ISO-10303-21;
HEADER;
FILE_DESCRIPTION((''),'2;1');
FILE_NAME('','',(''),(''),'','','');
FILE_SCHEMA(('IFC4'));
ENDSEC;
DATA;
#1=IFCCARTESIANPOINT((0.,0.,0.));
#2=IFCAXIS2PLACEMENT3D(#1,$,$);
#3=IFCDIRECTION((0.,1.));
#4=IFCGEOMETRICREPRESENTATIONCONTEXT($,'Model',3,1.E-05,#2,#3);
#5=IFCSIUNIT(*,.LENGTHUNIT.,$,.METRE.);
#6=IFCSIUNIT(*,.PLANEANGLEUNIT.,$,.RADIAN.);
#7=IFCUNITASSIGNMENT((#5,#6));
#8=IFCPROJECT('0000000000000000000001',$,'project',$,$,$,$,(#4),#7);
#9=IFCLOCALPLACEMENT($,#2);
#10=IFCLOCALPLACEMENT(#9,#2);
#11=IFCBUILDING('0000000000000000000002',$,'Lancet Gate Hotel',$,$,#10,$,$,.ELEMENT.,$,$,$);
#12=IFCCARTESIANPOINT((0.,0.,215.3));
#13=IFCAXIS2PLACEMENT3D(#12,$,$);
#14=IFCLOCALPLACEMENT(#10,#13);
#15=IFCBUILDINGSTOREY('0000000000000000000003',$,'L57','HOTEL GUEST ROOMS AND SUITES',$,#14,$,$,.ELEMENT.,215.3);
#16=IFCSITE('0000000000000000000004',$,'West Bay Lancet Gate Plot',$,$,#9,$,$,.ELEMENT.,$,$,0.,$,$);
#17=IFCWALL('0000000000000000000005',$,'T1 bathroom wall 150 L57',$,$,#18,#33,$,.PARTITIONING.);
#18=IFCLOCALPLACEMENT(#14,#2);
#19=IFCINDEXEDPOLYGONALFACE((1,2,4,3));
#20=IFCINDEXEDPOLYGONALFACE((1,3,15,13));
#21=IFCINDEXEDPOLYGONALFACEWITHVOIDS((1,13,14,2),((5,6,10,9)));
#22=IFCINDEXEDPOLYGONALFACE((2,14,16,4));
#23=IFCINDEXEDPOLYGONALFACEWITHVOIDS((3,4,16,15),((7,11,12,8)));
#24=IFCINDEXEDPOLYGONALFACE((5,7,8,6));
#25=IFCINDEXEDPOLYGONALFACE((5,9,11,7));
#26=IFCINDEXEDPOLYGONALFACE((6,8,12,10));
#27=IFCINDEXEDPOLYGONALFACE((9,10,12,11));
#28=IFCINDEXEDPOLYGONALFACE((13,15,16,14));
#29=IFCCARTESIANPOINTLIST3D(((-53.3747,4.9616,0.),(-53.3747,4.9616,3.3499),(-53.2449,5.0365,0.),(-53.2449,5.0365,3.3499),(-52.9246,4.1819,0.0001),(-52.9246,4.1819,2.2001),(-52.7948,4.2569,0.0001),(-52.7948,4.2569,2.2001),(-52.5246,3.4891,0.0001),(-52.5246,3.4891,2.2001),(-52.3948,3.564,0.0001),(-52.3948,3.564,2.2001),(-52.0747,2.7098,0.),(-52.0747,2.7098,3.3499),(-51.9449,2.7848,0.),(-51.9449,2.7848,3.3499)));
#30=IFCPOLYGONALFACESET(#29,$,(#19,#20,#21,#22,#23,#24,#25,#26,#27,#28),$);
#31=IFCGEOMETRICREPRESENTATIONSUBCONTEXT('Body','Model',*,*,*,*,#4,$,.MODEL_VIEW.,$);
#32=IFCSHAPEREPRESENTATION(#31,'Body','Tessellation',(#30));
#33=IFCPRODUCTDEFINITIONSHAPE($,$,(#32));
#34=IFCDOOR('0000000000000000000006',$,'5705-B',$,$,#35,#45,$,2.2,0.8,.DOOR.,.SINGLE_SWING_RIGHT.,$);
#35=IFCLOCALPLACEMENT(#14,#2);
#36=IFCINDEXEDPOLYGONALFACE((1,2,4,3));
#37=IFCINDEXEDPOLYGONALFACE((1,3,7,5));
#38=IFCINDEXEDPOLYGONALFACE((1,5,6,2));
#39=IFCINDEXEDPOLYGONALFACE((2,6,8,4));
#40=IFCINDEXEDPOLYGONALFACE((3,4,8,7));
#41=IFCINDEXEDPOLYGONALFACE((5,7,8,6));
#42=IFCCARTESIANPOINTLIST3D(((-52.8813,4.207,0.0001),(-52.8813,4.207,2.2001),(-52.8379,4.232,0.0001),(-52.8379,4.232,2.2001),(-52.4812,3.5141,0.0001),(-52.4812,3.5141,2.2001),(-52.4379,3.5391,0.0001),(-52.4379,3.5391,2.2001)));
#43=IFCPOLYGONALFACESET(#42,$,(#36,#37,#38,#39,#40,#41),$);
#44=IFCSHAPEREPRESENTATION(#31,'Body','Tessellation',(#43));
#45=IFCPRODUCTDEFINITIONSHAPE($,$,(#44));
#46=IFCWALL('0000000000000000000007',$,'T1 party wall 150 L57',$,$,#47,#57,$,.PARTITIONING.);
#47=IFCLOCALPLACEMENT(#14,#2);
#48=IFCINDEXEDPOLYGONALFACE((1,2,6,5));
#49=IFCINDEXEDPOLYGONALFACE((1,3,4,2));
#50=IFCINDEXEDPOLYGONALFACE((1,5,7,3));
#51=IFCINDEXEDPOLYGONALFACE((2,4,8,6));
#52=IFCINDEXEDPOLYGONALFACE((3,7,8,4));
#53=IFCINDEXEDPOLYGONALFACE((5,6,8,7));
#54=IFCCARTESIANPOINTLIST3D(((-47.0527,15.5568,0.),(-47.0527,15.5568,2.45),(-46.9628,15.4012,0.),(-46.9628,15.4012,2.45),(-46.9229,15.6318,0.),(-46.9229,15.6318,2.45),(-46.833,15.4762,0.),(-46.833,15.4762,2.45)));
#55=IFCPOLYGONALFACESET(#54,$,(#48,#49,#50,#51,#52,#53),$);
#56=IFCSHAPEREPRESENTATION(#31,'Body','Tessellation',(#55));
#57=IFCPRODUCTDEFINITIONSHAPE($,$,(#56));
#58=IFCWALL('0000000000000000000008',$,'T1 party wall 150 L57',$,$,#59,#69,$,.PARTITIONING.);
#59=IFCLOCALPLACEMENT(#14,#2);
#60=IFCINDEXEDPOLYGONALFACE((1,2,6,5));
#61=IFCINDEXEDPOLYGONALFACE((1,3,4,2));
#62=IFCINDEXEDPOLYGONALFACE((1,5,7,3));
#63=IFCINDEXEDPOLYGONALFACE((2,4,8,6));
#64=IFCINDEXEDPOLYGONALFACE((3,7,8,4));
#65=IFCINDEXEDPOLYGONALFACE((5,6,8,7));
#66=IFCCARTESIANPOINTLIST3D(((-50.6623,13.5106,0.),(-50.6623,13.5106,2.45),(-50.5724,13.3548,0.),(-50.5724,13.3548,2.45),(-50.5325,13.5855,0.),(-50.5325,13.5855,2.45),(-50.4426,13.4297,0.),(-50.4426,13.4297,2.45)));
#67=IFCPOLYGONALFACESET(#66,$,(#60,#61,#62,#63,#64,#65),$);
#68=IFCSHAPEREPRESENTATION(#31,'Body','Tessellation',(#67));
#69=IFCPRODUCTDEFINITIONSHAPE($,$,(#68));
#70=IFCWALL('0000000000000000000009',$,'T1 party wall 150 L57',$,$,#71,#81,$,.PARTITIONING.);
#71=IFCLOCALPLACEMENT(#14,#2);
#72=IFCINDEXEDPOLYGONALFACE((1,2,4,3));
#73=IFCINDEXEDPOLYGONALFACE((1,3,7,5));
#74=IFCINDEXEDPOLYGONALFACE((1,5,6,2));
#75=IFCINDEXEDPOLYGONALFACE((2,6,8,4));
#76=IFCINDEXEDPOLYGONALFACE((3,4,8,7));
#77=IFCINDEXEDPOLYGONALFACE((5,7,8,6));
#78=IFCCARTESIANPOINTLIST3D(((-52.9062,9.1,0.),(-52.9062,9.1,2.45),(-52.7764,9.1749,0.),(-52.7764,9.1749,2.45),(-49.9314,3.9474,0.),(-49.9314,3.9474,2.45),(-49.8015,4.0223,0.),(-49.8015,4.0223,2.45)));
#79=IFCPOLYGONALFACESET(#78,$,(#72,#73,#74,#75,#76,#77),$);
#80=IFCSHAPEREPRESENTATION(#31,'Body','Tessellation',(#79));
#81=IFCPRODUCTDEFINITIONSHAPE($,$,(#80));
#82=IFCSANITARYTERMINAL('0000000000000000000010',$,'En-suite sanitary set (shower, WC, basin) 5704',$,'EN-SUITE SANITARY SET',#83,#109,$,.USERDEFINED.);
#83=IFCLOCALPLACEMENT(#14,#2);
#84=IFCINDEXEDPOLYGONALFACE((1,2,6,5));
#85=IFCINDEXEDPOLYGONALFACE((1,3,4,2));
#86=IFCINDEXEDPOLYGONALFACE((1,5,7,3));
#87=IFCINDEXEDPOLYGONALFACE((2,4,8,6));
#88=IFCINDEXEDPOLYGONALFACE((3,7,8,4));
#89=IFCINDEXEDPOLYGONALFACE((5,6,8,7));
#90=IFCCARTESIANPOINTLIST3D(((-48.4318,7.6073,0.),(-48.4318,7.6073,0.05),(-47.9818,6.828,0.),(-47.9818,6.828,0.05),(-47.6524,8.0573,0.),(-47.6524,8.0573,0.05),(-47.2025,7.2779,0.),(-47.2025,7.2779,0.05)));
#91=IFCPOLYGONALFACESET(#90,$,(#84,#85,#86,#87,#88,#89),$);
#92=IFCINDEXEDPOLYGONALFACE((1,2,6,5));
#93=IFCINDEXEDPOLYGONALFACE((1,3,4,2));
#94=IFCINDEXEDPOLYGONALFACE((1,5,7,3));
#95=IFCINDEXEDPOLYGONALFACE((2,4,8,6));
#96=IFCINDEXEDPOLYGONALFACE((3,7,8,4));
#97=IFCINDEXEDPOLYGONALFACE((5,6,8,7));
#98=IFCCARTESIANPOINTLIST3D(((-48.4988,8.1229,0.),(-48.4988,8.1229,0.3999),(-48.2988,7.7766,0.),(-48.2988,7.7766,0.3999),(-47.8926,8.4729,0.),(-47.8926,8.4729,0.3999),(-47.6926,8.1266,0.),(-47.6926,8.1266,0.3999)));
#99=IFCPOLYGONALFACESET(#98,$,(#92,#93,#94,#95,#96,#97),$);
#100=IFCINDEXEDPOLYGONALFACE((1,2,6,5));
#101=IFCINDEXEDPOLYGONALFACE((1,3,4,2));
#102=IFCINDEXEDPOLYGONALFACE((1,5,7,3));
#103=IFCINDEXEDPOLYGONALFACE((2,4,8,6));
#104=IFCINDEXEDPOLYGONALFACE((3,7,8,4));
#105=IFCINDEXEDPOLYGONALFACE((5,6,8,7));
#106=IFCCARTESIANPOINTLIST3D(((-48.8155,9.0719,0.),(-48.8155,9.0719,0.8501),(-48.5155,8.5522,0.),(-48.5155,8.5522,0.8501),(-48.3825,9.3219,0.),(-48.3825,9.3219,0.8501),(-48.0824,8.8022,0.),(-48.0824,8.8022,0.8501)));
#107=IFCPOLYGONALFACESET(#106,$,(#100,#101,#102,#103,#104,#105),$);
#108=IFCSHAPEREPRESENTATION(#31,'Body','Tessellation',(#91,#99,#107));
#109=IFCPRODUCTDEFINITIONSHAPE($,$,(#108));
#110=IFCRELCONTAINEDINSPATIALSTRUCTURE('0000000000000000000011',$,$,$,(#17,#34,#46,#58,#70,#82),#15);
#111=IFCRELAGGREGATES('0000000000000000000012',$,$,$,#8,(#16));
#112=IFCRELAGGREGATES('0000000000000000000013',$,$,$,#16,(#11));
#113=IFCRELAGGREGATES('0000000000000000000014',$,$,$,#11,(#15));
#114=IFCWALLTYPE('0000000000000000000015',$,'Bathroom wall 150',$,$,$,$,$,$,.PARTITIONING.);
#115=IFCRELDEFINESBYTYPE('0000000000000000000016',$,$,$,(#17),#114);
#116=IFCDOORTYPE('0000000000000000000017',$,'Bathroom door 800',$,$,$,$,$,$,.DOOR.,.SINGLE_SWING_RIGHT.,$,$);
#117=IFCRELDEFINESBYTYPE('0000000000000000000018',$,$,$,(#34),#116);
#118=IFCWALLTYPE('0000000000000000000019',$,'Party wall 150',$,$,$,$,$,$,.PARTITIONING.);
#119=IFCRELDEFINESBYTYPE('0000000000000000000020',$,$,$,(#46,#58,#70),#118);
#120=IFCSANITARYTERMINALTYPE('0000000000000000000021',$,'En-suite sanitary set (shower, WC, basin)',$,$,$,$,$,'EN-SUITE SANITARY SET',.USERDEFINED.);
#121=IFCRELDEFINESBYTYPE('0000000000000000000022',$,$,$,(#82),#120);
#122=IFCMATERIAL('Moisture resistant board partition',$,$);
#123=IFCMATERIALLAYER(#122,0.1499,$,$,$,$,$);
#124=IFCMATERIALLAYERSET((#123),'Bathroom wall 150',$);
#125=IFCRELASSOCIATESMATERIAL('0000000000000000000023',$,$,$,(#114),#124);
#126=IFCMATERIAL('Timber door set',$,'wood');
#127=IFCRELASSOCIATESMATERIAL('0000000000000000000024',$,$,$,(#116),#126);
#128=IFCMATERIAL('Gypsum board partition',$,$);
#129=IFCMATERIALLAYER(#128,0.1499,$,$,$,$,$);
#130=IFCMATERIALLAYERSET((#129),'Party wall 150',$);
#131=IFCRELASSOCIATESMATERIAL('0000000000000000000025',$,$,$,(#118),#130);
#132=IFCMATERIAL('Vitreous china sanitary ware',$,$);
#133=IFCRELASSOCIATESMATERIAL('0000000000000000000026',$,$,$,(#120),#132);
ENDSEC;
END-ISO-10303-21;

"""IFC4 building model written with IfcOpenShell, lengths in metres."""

from ifc_helpers import new_model, si_unit, direction, frame, frame_2d, origin, origin_2d, place, context, subcontext, project, spatial, rectangle, extrude, material, layer, layer_set, type_object, element, fill, save


model = new_model("IFC4")

# Units and contexts
model_context = context("Model", 3, precision=1e-05, world=origin(), true_north=direction((0.0, 1.0)))
body_context = subcontext(model_context, "Body", "Model", "MODEL_VIEW")
ifc_project = project(units=[si_unit("LENGTHUNIT", "METRE"), si_unit("PLANEANGLEUNIT", "RADIAN")], contexts=[model_context])

# Site, building, storey
site_placement = place(None, origin())
site = spatial("IfcSite", under=ifc_project, at=site_placement, Name="West Bay Lancet Gate Plot", CompositionType="ELEMENT", RefElevation=0.0)
building_placement = place(site_placement, origin())
building = spatial("IfcBuilding", under=site, at=building_placement, Name="Lancet Gate Hotel", CompositionType="ELEMENT")
storey_placement = place(building_placement, frame((0.0, 0.0, 215.3)))
storey = spatial("IfcBuildingStorey", under=building, at=storey_placement, Name="L57", Description="HOTEL GUEST ROOMS AND SUITES", CompositionType="ELEMENT", Elevation=215.3)

# Shared definitions
ifc_material_1 = material(Name="Moisture resistant board partition")
ifc_layer_1 = layer(ifc_material_1, 0.1499)
ifc_layer_set_1 = layer_set([ifc_layer_1], Name="Bathroom wall 150")
wall_type_1 = type_object("IfcWallType", Name="Bathroom wall 150", PredefinedType="PARTITIONING", material=ifc_layer_set_1)

# Shared definitions
ifc_material_2 = material(Name="Timber door set", Category="wood")
door_type = type_object("IfcDoorType", Name="Bathroom door 800", OperationType="SINGLE_SWING_RIGHT", PredefinedType="DOOR", material=ifc_material_2)

# Wall, opening, door
wall_1_placement = place(storey_placement, frame((-52.0098, 2.7473, 0.0), z_axis=(0.0, 0.0, 1.0), x_axis=(-0.500007, 0.866021, 0.0)))
wall_1 = element("IfcWall", 1, at=wall_1_placement, inside=storey, type_object=wall_type_1, Name="T1 bathroom wall 150 L57", PredefinedType="PARTITIONING", context=body_context, shape_type="SweptSolid", body=[
    extrude(rectangle(XDim=2.6001, YDim=0.1499, at=frame_2d((1.3, 0.0))), origin(), (0.0, 0.0, 1.0), 3.3499),
])
opening_1_placement = place(wall_1_placement, frame((0.8999, 0.0, 0.0)))
opening_1 = element("IfcOpeningElement", 2, at=opening_1_placement, cuts=wall_1, PredefinedType="OPENING", context=body_context, shape_type="SweptSolid", body=[
    extrude(rectangle(XDim=0.8, YDim=2.2, at=frame_2d((0.3999, 1.1001))), frame((0.0, 0.085, 0.0), z_axis=(0.0, -1.0, 0.0), x_axis=(1.0, 0.0, 0.0)), (0.0, 0.0, 1.0), 0.1699),
])
door_1_placement = place(opening_1_placement, origin())
door_1 = element("IfcDoor", 3, at=door_1_placement, inside=storey, type_object=door_type, Name="5705-B", OperationType="SINGLE_SWING_RIGHT", OverallHeight=2.2, OverallWidth=0.8, PredefinedType="DOOR", context=body_context, shape_type="SweptSolid", body=[
    extrude(rectangle(XDim=0.8, YDim=2.2, at=frame_2d((0.3999, 1.1001))), frame((0.0, 0.0249, 0.0), z_axis=(0.0, -1.0, 0.0), x_axis=(1.0, 0.0, 0.0)), (0.0, 0.0, 1.0), 0.05),
])
fill(opening_1, door_1)

# Walls
ifc_material_3 = material(Name="Gypsum board partition")
ifc_layer_2 = layer(ifc_material_3, 0.1499)
ifc_layer_set_2 = layer_set([ifc_layer_2], Name="Party wall 150")
wall_type_2 = type_object("IfcWallType", Name="Party wall 150", PredefinedType="PARTITIONING", material=ifc_layer_set_2)
wall_2_placement = place(storey_placement, frame((-46.8979, 15.4387, 0.0), z_axis=(0.0, 0.0, 1.0), x_axis=(-0.500232, 0.865891, 0.0)))
element("IfcWall", 4, at=wall_2_placement, inside=storey, type_object=wall_type_2, Name="T1 party wall 150 L57", PredefinedType="PARTITIONING", context=body_context, shape_type="SweptSolid", body=[
    extrude(rectangle(XDim=0.1797, YDim=0.1499, at=frame_2d((0.0898, 0.0))), origin(), (0.0, 0.0, 1.0), 2.45),
])
wall_3_placement = place(storey_placement, frame((-50.5076, 13.3923, 0.0), z_axis=(0.0, 0.0, 1.0), x_axis=(-0.499644, 0.866231, 0.0)))
element("IfcWall", 5, at=wall_3_placement, inside=storey, type_object=wall_type_2, Name="T1 party wall 150 L57", PredefinedType="PARTITIONING", context=body_context, shape_type="SweptSolid", body=[
    extrude(rectangle(XDim=0.1799, YDim=0.1499, at=frame_2d((0.0898, 0.0))), origin(), (0.0, 0.0, 1.0), 2.45),
])
wall_4_placement = place(storey_placement, frame((-49.8665, 3.9849, 0.0), z_axis=(0.0, 0.0, 1.0), x_axis=(-0.500001, 0.866025, 0.0)))
element("IfcWall", 6, at=wall_4_placement, inside=storey, type_object=wall_type_2, Name="T1 party wall 150 L57", PredefinedType="PARTITIONING", context=body_context, shape_type="SweptSolid", body=[
    extrude(rectangle(XDim=5.9497, YDim=0.1499, at=frame_2d((2.9749, 0.0))), origin(), (0.0, 0.0, 1.0), 2.45),
])

# Sanitary terminal
ifc_material_4 = material(Name="Vitreous china sanitary ware")
sanitary_terminal_type = type_object("IfcSanitaryTerminalType", Name="En-suite sanitary set (shower, WC, basin)", ElementType="EN-SUITE SANITARY SET", PredefinedType="USERDEFINED", material=ifc_material_4)
sanitary_terminal_placement = place(storey_placement, frame((-47.8171, 7.4426, 0.0), z_axis=(0.0, 0.0, 1.0), x_axis=(1.0, 0.0, 0.0)))
element("IfcSanitaryTerminal", 7, at=sanitary_terminal_placement, inside=storey, type_object=sanitary_terminal_type, Name="En-suite sanitary set (shower, WC, basin) 5704", ObjectType="EN-SUITE SANITARY SET", PredefinedType="USERDEFINED", context=body_context, shape_type="SweptSolid", body=[
    extrude(rectangle(XDim=0.8999, YDim=0.8999, at=origin_2d()), frame((0.0, 0.0, 0.0), z_axis=(0.0, 0.0, 1.0), x_axis=(0.5, -0.866025, 0.0)), (0.0, 0.0, 1.0), 0.05),
    extrude(rectangle(XDim=0.3999, YDim=0.7, at=origin_2d()), frame((-0.2786, 0.6821, 0.0), z_axis=(0.0, 0.0, 1.0), x_axis=(0.5, -0.866025, 0.0)), (0.0, 0.0, 1.0), 0.3999),
    extrude(rectangle(XDim=0.6001, YDim=0.5, at=origin_2d()), frame((-0.6318, 1.4944, 0.0), z_axis=(0.0, 0.0, 1.0), x_axis=(0.5, -0.866025, 0.0)), (0.0, 0.0, 1.0), 0.8501),
])

save(model, "model.ifc")
